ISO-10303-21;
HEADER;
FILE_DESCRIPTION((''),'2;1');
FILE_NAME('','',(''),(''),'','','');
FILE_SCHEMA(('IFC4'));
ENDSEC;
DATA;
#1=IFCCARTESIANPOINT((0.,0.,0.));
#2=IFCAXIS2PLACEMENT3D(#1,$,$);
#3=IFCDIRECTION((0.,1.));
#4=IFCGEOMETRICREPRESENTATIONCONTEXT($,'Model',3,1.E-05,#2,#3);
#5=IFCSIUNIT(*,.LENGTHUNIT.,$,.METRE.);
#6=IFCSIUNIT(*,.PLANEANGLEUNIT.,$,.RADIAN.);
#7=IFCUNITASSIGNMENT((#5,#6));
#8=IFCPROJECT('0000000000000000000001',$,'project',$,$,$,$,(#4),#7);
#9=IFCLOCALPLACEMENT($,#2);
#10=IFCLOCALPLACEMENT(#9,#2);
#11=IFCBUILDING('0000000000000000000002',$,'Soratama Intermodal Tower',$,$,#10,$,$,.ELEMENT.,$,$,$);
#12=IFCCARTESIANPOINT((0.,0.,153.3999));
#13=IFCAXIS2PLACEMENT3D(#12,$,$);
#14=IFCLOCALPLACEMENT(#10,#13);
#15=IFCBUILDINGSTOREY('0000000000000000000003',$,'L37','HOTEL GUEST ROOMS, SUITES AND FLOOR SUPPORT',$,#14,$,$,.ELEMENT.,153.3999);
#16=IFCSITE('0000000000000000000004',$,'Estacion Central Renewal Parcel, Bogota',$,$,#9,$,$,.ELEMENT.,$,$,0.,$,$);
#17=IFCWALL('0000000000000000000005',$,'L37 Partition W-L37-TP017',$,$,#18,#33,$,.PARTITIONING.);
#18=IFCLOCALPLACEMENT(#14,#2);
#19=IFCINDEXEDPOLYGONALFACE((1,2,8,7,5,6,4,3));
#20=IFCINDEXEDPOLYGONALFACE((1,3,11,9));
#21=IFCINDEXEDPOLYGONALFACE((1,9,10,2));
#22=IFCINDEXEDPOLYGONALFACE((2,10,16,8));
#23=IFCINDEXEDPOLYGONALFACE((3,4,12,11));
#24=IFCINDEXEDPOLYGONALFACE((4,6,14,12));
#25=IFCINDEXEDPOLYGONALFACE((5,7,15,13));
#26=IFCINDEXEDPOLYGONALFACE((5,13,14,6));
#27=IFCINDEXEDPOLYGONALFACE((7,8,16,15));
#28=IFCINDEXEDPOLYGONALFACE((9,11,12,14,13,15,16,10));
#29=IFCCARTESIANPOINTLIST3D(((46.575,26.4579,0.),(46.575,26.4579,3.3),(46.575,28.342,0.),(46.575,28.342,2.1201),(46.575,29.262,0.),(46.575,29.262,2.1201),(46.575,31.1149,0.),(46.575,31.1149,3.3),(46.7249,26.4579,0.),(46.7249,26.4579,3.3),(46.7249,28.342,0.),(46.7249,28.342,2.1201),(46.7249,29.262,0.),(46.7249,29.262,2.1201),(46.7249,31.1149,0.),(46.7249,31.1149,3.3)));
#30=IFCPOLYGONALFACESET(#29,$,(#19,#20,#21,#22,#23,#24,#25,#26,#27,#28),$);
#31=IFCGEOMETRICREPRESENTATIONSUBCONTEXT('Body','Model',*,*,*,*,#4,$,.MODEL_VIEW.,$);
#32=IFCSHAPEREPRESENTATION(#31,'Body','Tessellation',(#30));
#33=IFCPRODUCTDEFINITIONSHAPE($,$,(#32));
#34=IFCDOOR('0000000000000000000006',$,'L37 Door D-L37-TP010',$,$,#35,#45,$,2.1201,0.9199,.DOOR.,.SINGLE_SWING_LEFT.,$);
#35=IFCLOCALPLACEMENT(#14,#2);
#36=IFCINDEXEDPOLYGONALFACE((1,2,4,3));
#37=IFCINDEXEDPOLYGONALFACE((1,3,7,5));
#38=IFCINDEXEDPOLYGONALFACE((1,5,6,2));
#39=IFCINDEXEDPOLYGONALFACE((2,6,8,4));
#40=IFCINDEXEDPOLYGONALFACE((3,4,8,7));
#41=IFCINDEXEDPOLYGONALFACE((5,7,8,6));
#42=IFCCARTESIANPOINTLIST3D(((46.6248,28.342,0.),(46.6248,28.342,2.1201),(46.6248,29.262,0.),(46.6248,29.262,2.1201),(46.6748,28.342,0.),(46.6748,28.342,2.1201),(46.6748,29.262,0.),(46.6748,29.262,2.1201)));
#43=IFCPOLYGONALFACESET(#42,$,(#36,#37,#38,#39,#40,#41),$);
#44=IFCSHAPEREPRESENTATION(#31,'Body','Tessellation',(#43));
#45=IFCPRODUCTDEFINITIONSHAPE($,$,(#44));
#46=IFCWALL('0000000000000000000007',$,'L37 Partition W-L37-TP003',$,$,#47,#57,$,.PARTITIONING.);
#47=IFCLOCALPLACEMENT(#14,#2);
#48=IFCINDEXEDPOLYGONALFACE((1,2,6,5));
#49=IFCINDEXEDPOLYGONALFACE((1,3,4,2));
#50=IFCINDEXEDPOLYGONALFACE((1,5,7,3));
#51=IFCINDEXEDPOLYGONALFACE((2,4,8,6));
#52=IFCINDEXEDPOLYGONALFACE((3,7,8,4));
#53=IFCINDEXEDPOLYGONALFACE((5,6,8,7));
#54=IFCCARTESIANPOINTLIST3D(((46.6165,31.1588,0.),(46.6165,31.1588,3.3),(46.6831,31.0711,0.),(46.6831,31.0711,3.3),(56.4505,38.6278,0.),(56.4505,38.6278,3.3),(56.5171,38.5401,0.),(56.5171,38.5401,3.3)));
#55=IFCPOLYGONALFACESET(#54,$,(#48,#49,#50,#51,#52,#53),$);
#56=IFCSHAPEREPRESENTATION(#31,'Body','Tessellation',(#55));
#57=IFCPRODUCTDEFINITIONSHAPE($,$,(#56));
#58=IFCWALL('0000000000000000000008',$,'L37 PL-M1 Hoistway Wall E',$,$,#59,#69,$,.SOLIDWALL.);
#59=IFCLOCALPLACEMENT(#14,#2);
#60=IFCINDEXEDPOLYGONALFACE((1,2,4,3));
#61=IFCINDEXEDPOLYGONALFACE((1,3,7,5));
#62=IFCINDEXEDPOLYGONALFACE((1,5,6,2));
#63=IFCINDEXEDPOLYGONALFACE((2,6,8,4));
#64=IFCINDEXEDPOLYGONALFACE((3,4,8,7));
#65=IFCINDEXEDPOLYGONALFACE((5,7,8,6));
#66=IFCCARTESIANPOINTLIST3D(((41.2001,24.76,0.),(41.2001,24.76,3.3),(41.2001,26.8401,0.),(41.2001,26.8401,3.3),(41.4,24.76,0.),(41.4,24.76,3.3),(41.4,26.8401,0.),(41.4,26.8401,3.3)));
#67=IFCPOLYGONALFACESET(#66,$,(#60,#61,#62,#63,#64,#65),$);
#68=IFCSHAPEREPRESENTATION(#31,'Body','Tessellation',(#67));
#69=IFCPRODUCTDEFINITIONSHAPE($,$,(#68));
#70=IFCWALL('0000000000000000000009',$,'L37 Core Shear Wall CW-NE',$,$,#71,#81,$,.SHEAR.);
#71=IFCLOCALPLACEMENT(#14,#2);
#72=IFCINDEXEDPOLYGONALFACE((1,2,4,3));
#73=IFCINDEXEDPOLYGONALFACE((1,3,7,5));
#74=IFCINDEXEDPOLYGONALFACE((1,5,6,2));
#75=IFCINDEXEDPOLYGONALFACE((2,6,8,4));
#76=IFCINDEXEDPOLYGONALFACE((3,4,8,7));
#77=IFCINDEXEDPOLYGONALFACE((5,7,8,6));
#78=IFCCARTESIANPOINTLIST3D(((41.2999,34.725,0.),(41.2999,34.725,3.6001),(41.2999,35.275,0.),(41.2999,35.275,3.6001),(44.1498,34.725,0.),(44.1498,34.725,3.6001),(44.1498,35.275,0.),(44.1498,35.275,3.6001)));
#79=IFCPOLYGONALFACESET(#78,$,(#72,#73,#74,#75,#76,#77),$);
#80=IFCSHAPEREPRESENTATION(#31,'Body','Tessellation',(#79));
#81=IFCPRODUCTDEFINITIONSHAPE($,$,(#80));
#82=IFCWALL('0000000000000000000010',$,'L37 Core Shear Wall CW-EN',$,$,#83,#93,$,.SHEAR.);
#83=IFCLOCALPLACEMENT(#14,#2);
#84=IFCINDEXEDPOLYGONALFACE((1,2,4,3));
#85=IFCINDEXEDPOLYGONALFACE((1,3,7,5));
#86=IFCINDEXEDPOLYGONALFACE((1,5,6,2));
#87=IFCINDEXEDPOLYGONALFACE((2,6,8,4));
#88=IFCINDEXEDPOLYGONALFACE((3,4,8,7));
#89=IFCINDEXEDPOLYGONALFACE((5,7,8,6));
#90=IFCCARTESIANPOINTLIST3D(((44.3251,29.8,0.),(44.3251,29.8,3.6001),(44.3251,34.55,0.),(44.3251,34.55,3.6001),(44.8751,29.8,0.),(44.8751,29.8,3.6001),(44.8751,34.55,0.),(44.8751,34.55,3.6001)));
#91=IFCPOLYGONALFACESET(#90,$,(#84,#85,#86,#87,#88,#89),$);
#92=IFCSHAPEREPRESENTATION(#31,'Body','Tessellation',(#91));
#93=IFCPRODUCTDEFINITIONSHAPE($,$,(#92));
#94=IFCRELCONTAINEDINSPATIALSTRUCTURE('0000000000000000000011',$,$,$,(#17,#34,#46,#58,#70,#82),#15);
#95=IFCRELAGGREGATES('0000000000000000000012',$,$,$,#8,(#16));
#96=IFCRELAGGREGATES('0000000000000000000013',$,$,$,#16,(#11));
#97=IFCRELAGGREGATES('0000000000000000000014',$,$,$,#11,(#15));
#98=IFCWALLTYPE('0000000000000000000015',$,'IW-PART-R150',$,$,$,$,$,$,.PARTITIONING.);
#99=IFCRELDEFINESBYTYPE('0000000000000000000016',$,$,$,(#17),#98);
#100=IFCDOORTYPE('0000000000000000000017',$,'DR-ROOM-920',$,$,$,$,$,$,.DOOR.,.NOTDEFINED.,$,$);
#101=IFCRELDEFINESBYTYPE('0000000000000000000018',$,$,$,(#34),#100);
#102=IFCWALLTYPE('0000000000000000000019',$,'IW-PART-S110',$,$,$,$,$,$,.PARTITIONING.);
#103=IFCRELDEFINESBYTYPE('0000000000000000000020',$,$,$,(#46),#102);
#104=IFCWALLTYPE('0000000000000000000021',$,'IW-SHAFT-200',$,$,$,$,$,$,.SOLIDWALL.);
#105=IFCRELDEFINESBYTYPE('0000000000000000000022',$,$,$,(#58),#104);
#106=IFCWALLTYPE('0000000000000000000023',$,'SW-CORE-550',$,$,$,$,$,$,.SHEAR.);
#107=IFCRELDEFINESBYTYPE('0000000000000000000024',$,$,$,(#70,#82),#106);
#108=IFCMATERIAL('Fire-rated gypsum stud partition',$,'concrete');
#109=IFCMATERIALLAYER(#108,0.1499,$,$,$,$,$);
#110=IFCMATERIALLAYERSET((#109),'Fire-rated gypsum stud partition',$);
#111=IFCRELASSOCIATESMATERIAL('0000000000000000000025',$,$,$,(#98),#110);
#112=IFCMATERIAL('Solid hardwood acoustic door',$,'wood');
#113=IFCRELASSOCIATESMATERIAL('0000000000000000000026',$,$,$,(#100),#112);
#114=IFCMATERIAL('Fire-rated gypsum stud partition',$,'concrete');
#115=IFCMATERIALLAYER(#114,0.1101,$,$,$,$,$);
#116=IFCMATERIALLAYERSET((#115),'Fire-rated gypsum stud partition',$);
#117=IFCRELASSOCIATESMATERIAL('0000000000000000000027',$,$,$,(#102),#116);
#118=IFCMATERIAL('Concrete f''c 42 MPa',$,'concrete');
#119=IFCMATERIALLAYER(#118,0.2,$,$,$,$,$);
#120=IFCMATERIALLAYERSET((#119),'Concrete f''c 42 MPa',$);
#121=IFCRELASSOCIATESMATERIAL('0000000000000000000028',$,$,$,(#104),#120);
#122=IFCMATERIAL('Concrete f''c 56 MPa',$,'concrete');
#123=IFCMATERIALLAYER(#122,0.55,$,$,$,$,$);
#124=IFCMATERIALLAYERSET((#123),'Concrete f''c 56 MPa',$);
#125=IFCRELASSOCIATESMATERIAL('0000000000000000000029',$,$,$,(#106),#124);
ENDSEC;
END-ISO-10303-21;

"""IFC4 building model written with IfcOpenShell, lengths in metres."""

from ifc_helpers import new_model, si_unit, direction, frame, frame_2d, origin, place, context, subcontext, project, spatial, rectangle, extrude, material, layer, layer_set, type_object, element, fill, save


model = new_model("IFC4")

# Units and contexts
model_context = context("Model", 3, precision=1e-05, world=origin(), true_north=direction((0.0, 1.0)))
body_context = subcontext(model_context, "Body", "Model", "MODEL_VIEW")
ifc_project = project(units=[si_unit("LENGTHUNIT", "METRE"), si_unit("PLANEANGLEUNIT", "RADIAN")], contexts=[model_context])

# Site, building, storey
site_placement = place(None, origin())
site = spatial("IfcSite", under=ifc_project, at=site_placement, Name="Estacion Central Renewal Parcel, Bogota", CompositionType="ELEMENT", RefElevation=0.0)
building_placement = place(site_placement, origin())
building = spatial("IfcBuilding", under=site, at=building_placement, Name="Soratama Intermodal Tower", CompositionType="ELEMENT")
storey_placement = place(building_placement, frame((0.0, 0.0, 153.3999)))
storey = spatial("IfcBuildingStorey", under=building, at=storey_placement, Name="L37", Description="HOTEL GUEST ROOMS, SUITES AND FLOOR SUPPORT", CompositionType="ELEMENT", Elevation=153.3999)

# Wall, opening, door
ifc_material_1 = material(Name="Fire-rated gypsum stud partition", Category="concrete")
ifc_layer_1 = layer(ifc_material_1, 0.1499)
ifc_layer_set_1 = layer_set([ifc_layer_1], Name="Fire-rated gypsum stud partition")
wall_type_1 = type_object("IfcWallType", Name="IW-PART-R150", PredefinedType="PARTITIONING", material=ifc_layer_set_1)
wall_1_placement = place(storey_placement, frame((46.6499, 31.115, 0.0), z_axis=(0.0, 0.0, 1.0), x_axis=(0.0, -1.0, 0.0)))
wall_1 = element("IfcWall", 1, at=wall_1_placement, inside=storey, type_object=wall_type_1, Name="L37 Partition W-L37-TP017", PredefinedType="PARTITIONING", context=body_context, shape_type="SweptSolid", body=[
    extrude(rectangle(XDim=4.657, YDim=0.1499, at=frame_2d((2.3286, 0.0))), origin(), (0.0, 0.0, 1.0), 3.3),
])
opening_1_placement = place(wall_1_placement, frame((1.853, 0.0, 0.0)))
opening_1 = element("IfcOpeningElement", 2, at=opening_1_placement, cuts=wall_1, PredefinedType="OPENING", context=body_context, shape_type="SweptSolid", body=[
    extrude(rectangle(XDim=0.9199, YDim=2.1201, at=frame_2d((0.46, 1.0601))), frame((0.0, 0.085, 0.0), z_axis=(0.0, -1.0, 0.0), x_axis=(1.0, 0.0, 0.0)), (0.0, 0.0, 1.0), 0.1699),
])
ifc_material_2 = material(Name="Solid hardwood acoustic door", Category="wood")
door_type_1 = type_object("IfcDoorType", Name="DR-ROOM-920", OperationType="NOTDEFINED", PredefinedType="DOOR", material=ifc_material_2)
door_1_placement = place(opening_1_placement, origin())
door_1 = element("IfcDoor", 3, at=door_1_placement, inside=storey, type_object=door_type_1, Name="L37 Door D-L37-TP010", OperationType="SINGLE_SWING_LEFT", OverallHeight=2.1201, OverallWidth=0.9199, PredefinedType="DOOR", context=body_context, shape_type="SweptSolid", body=[
    extrude(rectangle(XDim=0.9199, YDim=2.1201, at=frame_2d((0.46, 1.0601))), frame((0.0, 0.0249, 0.0), z_axis=(0.0, -1.0, 0.0), x_axis=(1.0, 0.0, 0.0)), (0.0, 0.0, 1.0), 0.05),
])
fill(opening_1, door_1)

# Walls
ifc_material_3 = material(Name="Fire-rated gypsum stud partition", Category="concrete")
ifc_layer_2 = layer(ifc_material_3, 0.1101)
ifc_layer_set_2 = layer_set([ifc_layer_2], Name="Fire-rated gypsum stud partition")
wall_type_2 = type_object("IfcWallType", Name="IW-PART-S110", PredefinedType="PARTITIONING", material=ifc_layer_set_2)
wall_2_placement = place(storey_placement, frame((46.6499, 31.115, 0.0), z_axis=(0.0, 0.0, 1.0), x_axis=(0.796351, 0.604835, 0.0)))
element("IfcWall", 4, at=wall_2_placement, inside=storey, type_object=wall_type_2, Name="L37 Partition W-L37-TP003", PredefinedType="PARTITIONING", context=body_context, shape_type="SweptSolid", body=[
    extrude(rectangle(XDim=12.3489, YDim=0.1101, at=frame_2d((6.1743, 0.0))), origin(), (0.0, 0.0, 1.0), 3.3),
])
ifc_material_4 = material(Name="Concrete f'c 42 MPa", Category="concrete")
ifc_layer_3 = layer(ifc_material_4, 0.2)
ifc_layer_set_3 = layer_set([ifc_layer_3], Name="Concrete f'c 42 MPa")
wall_type_3 = type_object("IfcWallType", Name="IW-SHAFT-200", PredefinedType="SOLIDWALL", material=ifc_layer_set_3)
wall_3_placement = place(storey_placement, frame((41.3, 24.76, 0.0), z_axis=(0.0, 0.0, 1.0), x_axis=(0.0, 1.0, 0.0)))
element("IfcWall", 5, at=wall_3_placement, inside=storey, type_object=wall_type_3, Name="L37 PL-M1 Hoistway Wall E", PredefinedType="SOLIDWALL", context=body_context, shape_type="SweptSolid", body=[
    extrude(rectangle(XDim=2.0801, YDim=0.2, at=frame_2d((1.04, 0.0))), origin(), (0.0, 0.0, 1.0), 3.3),
])
ifc_material_5 = material(Name="Concrete f'c 56 MPa", Category="concrete")
ifc_layer_4 = layer(ifc_material_5, 0.55)
ifc_layer_set_4 = layer_set([ifc_layer_4], Name="Concrete f'c 56 MPa")
wall_type_4 = type_object("IfcWallType", Name="SW-CORE-550", PredefinedType="SHEAR", material=ifc_layer_set_4)
wall_4_placement = place(storey_placement, frame((41.3, 35.0, 0.0), z_axis=(0.0, 0.0, 1.0), x_axis=(1.0, 0.0, 0.0)))
element("IfcWall", 6, at=wall_4_placement, inside=storey, type_object=wall_type_4, Name="L37 Core Shear Wall CW-NE", PredefinedType="SHEAR", context=body_context, shape_type="SweptSolid", body=[
    extrude(rectangle(XDim=2.8499, YDim=0.55, at=frame_2d((1.4248, 0.0))), origin(), (0.0, 0.0, 1.0), 3.6001),
])
wall_5_placement = place(storey_placement, frame((44.6001, 29.8, 0.0), z_axis=(0.0, 0.0, 1.0), x_axis=(0.0, 1.0, 0.0)))
element("IfcWall", 7, at=wall_5_placement, inside=storey, type_object=wall_type_4, Name="L37 Core Shear Wall CW-EN", PredefinedType="SHEAR", context=body_context, shape_type="SweptSolid", body=[
    extrude(rectangle(XDim=4.75, YDim=0.55, at=frame_2d((2.375, 0.0))), origin(), (0.0, 0.0, 1.0), 3.6001),
])

save(model, "model.ifc")
